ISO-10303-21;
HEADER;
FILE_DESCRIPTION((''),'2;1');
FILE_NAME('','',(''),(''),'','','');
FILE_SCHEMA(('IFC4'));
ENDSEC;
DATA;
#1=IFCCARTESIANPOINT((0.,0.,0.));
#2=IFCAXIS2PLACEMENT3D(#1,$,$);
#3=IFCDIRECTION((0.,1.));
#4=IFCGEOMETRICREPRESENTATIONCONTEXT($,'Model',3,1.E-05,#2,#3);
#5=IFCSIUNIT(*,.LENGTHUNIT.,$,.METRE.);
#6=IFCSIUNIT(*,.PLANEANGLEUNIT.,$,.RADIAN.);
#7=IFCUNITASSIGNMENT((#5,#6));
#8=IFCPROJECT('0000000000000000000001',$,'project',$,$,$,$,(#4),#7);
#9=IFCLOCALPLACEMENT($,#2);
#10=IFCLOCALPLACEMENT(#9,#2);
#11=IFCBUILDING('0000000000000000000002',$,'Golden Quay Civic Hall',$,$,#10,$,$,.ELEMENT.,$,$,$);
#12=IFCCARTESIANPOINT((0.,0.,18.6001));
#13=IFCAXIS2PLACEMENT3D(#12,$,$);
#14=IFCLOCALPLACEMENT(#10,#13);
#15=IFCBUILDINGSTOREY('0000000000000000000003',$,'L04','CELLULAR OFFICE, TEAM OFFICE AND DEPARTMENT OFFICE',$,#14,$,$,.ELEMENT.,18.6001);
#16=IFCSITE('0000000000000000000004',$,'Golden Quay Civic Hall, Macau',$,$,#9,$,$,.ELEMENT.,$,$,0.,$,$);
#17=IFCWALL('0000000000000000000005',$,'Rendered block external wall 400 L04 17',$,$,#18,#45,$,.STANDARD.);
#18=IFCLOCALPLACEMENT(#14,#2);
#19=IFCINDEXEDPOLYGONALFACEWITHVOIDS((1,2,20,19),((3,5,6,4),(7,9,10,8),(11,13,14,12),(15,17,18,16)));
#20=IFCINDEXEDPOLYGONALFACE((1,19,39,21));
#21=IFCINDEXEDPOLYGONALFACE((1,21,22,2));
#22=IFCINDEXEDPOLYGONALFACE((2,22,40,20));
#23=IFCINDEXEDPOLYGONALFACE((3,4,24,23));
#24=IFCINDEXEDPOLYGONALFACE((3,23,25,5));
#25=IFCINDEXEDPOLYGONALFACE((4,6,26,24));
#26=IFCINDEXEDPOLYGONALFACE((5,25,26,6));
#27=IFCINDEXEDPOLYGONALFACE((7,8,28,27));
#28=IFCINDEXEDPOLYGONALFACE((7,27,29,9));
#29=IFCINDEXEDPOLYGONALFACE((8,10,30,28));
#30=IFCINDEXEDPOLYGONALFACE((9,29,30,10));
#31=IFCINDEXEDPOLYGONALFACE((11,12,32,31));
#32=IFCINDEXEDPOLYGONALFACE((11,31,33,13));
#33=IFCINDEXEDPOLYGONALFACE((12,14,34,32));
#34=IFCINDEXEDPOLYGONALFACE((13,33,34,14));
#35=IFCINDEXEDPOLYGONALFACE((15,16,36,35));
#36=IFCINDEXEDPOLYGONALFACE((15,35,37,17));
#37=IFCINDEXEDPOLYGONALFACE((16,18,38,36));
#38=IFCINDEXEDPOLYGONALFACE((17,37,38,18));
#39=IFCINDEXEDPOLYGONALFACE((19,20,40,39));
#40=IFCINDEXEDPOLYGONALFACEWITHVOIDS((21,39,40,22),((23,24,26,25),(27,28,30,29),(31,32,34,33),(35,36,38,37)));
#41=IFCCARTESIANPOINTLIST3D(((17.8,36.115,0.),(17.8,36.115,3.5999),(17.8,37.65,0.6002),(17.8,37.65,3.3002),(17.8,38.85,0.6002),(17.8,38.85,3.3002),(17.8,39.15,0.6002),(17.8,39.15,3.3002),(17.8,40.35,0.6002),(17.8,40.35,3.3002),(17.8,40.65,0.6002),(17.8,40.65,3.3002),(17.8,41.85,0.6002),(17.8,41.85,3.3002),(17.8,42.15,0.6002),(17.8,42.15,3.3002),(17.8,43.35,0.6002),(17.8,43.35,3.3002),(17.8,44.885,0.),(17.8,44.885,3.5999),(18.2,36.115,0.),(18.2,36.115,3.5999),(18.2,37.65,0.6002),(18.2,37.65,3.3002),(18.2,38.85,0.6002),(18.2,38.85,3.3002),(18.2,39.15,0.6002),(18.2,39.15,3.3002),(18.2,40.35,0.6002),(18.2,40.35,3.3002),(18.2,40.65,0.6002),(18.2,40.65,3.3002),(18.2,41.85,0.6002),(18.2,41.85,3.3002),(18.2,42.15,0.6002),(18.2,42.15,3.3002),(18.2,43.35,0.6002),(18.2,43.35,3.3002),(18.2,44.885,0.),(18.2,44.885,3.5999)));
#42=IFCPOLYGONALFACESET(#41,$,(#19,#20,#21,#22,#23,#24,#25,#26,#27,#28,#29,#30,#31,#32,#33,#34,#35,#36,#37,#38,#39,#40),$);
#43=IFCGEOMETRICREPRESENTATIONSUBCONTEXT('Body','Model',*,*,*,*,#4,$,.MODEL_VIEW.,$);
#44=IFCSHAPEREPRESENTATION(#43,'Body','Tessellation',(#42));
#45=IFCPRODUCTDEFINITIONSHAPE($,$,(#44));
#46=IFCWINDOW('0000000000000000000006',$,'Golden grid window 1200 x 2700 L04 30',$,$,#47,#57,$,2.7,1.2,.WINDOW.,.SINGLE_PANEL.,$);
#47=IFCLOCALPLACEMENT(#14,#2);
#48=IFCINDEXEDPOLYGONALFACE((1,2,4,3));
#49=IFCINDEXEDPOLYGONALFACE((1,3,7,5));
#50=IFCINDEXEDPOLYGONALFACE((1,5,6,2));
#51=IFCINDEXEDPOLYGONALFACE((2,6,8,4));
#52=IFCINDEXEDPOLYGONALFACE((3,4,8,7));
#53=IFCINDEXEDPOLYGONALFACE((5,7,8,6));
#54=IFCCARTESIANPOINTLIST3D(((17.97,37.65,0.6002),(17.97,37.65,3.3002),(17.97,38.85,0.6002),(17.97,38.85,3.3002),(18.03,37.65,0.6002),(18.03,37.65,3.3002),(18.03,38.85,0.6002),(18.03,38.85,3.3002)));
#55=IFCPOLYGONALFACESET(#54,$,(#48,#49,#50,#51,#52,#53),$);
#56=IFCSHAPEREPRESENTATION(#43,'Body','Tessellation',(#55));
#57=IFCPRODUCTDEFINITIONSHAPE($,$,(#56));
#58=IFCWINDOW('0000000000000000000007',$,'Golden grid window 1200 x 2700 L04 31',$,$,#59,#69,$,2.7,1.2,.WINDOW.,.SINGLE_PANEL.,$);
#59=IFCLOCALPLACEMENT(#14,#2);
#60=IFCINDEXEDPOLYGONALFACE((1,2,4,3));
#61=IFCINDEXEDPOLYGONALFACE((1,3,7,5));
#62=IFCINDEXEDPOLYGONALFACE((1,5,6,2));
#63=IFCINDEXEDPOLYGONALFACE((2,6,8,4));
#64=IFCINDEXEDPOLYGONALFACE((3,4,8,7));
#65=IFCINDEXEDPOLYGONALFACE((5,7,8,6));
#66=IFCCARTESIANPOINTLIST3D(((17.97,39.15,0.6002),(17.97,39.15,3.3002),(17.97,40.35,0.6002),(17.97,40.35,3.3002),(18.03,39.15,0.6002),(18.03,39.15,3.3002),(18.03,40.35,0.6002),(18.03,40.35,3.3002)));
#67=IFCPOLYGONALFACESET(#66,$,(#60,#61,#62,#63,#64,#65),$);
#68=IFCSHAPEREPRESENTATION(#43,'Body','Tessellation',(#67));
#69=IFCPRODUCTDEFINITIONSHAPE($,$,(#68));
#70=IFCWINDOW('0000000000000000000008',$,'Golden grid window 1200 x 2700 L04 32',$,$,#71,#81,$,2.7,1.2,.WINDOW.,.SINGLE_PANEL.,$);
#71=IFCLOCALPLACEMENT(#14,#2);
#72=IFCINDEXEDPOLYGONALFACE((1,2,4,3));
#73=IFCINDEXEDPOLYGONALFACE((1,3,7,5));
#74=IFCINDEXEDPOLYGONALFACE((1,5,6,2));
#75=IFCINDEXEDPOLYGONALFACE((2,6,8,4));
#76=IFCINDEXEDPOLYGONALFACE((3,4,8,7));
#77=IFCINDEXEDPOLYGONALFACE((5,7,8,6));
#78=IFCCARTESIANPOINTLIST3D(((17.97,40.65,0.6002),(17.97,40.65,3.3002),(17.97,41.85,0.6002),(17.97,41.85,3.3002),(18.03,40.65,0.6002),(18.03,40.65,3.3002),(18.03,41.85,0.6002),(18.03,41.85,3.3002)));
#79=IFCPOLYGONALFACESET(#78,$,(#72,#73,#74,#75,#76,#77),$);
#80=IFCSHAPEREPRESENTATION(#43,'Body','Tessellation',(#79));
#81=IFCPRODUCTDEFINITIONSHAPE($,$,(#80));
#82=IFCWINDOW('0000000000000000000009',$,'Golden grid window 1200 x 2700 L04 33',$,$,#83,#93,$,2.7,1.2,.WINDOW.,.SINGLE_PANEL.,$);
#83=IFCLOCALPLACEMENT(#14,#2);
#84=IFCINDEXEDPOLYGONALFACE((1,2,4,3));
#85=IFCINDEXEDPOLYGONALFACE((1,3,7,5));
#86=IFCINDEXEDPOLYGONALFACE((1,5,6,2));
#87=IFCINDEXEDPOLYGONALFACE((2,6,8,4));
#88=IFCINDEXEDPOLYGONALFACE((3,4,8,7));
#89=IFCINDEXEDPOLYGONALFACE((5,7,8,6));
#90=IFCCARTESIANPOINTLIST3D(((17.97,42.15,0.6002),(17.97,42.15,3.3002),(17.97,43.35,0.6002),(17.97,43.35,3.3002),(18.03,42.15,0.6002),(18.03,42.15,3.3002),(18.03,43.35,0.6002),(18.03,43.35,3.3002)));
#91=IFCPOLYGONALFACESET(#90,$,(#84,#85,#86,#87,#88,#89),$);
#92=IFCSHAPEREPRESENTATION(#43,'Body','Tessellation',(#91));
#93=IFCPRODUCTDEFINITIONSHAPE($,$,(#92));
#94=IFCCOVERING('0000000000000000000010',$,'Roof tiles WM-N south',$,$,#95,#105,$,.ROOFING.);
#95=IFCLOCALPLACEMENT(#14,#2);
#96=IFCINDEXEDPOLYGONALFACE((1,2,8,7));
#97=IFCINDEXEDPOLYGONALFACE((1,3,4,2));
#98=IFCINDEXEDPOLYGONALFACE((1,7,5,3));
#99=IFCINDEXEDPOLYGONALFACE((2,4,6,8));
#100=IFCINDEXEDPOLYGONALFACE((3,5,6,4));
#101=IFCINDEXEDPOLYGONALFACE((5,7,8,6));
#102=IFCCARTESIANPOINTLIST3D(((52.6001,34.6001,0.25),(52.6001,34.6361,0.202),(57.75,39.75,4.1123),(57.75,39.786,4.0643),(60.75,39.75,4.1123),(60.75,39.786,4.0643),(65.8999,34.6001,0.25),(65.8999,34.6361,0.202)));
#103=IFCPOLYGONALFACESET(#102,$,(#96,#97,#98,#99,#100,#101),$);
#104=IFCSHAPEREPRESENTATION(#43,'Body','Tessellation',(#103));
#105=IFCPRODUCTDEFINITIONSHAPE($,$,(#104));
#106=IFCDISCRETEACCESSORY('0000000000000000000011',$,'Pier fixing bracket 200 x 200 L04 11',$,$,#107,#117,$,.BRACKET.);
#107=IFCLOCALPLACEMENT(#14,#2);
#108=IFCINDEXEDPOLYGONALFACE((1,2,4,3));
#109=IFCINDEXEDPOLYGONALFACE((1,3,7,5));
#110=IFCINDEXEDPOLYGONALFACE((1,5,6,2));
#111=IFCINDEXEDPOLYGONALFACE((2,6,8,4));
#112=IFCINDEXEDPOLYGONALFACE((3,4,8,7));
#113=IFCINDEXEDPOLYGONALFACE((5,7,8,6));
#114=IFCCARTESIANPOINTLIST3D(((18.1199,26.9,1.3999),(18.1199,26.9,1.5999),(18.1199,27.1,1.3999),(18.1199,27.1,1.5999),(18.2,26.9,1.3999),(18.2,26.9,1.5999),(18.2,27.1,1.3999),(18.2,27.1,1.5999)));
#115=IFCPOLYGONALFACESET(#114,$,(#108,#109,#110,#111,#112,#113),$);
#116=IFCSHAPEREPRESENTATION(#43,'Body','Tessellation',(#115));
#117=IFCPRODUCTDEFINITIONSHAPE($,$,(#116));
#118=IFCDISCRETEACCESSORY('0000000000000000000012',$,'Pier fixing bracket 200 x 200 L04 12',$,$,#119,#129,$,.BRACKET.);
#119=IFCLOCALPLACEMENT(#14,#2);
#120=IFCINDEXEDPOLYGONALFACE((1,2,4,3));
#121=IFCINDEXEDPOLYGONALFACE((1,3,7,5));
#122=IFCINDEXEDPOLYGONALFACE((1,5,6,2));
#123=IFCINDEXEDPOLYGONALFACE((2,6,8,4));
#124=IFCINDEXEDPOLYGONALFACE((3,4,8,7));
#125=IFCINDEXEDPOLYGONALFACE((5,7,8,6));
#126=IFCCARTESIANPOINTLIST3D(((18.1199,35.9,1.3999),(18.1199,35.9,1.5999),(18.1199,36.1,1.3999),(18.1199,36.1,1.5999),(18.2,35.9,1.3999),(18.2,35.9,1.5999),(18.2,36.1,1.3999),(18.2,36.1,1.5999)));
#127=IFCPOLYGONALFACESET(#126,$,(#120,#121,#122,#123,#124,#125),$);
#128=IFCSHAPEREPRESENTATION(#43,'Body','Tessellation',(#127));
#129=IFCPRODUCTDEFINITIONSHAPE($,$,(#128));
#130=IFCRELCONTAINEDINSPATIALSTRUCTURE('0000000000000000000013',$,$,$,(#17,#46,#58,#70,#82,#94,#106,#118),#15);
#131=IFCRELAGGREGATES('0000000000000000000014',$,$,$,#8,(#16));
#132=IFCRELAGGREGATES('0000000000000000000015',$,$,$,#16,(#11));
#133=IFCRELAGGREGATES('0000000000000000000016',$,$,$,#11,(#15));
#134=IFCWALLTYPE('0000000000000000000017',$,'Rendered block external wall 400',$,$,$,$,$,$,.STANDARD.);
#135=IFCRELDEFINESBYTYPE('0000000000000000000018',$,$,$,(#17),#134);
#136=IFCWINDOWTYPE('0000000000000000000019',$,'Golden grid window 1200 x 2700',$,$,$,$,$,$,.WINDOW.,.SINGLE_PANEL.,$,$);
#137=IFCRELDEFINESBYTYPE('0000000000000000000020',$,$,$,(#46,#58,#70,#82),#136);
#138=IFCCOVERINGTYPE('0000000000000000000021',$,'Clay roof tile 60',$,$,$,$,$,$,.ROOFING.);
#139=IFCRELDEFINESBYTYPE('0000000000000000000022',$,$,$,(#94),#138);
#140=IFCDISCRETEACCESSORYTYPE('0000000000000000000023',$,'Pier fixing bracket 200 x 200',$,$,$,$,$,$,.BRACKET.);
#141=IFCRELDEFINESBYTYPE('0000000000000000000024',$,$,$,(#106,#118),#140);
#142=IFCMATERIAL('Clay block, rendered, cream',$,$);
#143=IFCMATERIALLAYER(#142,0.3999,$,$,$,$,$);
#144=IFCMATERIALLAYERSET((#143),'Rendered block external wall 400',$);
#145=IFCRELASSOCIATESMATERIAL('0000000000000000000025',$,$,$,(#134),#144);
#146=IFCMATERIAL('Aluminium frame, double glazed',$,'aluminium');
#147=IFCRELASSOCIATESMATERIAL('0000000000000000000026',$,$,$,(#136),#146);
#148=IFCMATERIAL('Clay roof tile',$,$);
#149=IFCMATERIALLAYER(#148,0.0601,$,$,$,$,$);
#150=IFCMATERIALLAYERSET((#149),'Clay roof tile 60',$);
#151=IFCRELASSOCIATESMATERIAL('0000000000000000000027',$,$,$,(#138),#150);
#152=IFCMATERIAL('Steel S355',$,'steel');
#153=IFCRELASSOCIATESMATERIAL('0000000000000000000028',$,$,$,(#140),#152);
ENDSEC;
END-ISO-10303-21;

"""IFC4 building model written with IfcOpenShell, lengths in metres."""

from ifc_helpers import new_model, si_unit, direction, frame, frame_2d, origin, origin_2d, place, context, subcontext, project, spatial, polyline, rectangle, outline, extrude, material, layer, layer_set, type_object, element, fill, save


model = new_model("IFC4")

# Units and contexts
model_context = context("Model", 3, precision=1e-05, world=origin(), true_north=direction((0.0, 1.0)))
body_context = subcontext(model_context, "Body", "Model", "MODEL_VIEW")
ifc_project = project(units=[si_unit("LENGTHUNIT", "METRE"), si_unit("PLANEANGLEUNIT", "RADIAN")], contexts=[model_context])

# Site, building, storey
site_placement = place(None, origin())
site = spatial("IfcSite", under=ifc_project, at=site_placement, Name="Golden Quay Civic Hall, Macau", CompositionType="ELEMENT", RefElevation=0.0)
building_placement = place(site_placement, origin())
building = spatial("IfcBuilding", under=site, at=building_placement, Name="Golden Quay Civic Hall", CompositionType="ELEMENT")
storey_placement = place(building_placement, frame((0.0, 0.0, 18.6001)))
storey = spatial("IfcBuildingStorey", under=building, at=storey_placement, Name="L04", Description="CELLULAR OFFICE, TEAM OFFICE AND DEPARTMENT OFFICE", CompositionType="ELEMENT", Elevation=18.6001)

# Shared definitions
ifc_material_1 = material(Name="Clay block, rendered, cream")
ifc_layer_1 = layer(ifc_material_1, 0.3999)
ifc_layer_set_1 = layer_set([ifc_layer_1], Name="Rendered block external wall 400")
wall_type = type_object("IfcWallType", Name="Rendered block external wall 400", PredefinedType="STANDARD", material=ifc_layer_set_1)

# Wall, openings, windows
ifc_material_2 = material(Name="Aluminium frame, double glazed", Category="aluminium")
window_type = type_object("IfcWindowType", Name="Golden grid window 1200 x 2700", PartitioningType="SINGLE_PANEL", PredefinedType="WINDOW", material=ifc_material_2)
wall_1_placement = place(storey_placement, frame((18.0, 44.885, 0.0), z_axis=(0.0, 0.0, 1.0), x_axis=(0.0, -1.0, 0.0)))
wall_1 = element("IfcWall", 1, at=wall_1_placement, inside=storey, type_object=wall_type, Name="Rendered block external wall 400 L04 17", PredefinedType="STANDARD", context=body_context, shape_type="SweptSolid", body=[
    extrude(rectangle(XDim=8.77, YDim=0.3999, at=frame_2d((4.385, 0.0))), origin(), (0.0, 0.0, 1.0), 3.5999),
])
opening_1_placement = place(wall_1_placement, frame((6.0349, 0.0, 0.6001)))
opening_1 = element("IfcOpeningElement", 2, at=opening_1_placement, cuts=wall_1, PredefinedType="OPENING", context=body_context, shape_type="SweptSolid", body=[
    extrude(rectangle(XDim=1.2, YDim=2.7, at=frame_2d((0.6001, 1.3501))), frame((0.0, 0.21, 0.0), z_axis=(0.0, -1.0, 0.0), x_axis=(1.0, 0.0, 0.0)), (0.0, 0.0, 1.0), 0.4199),
])
opening_2_placement = place(wall_1_placement, frame((4.5349, 0.0, 0.6001)))
opening_2 = element("IfcOpeningElement", 3, at=opening_2_placement, cuts=wall_1, PredefinedType="OPENING", context=body_context, shape_type="SweptSolid", body=[
    extrude(rectangle(XDim=1.2, YDim=2.7, at=frame_2d((0.6001, 1.3501))), frame((0.0, 0.21, 0.0), z_axis=(0.0, -1.0, 0.0), x_axis=(1.0, 0.0, 0.0)), (0.0, 0.0, 1.0), 0.4199),
])
opening_3_placement = place(wall_1_placement, frame((3.0349, 0.0, 0.6001)))
opening_3 = element("IfcOpeningElement", 4, at=opening_3_placement, cuts=wall_1, PredefinedType="OPENING", context=body_context, shape_type="SweptSolid", body=[
    extrude(rectangle(XDim=1.2, YDim=2.7, at=frame_2d((0.6001, 1.3501))), frame((0.0, 0.21, 0.0), z_axis=(0.0, -1.0, 0.0), x_axis=(1.0, 0.0, 0.0)), (0.0, 0.0, 1.0), 0.4199),
])
opening_4_placement = place(wall_1_placement, frame((1.5349, 0.0, 0.6001)))
opening_4 = element("IfcOpeningElement", 5, at=opening_4_placement, cuts=wall_1, PredefinedType="OPENING", context=body_context, shape_type="SweptSolid", body=[
    extrude(rectangle(XDim=1.2, YDim=2.7, at=frame_2d((0.6001, 1.3501))), frame((0.0, 0.21, 0.0), z_axis=(0.0, -1.0, 0.0), x_axis=(1.0, 0.0, 0.0)), (0.0, 0.0, 1.0), 0.4199),
])
window_1_placement = place(opening_1_placement, origin())
window_1 = element("IfcWindow", 6, at=window_1_placement, inside=storey, type_object=window_type, Name="Golden grid window 1200 x 2700 L04 30", OverallHeight=2.7, OverallWidth=1.2, PartitioningType="SINGLE_PANEL", PredefinedType="WINDOW", context=body_context, shape_type="SweptSolid", body=[
    extrude(rectangle(XDim=1.2, YDim=2.7, at=frame_2d((0.6001, 1.3501))), frame((0.0, 0.03, 0.0), z_axis=(0.0, -1.0, 0.0), x_axis=(1.0, 0.0, 0.0)), (0.0, 0.0, 1.0), 0.0601),
])
fill(opening_1, window_1)
window_2_placement = place(opening_2_placement, origin())
window_2 = element("IfcWindow", 7, at=window_2_placement, inside=storey, type_object=window_type, Name="Golden grid window 1200 x 2700 L04 31", OverallHeight=2.7, OverallWidth=1.2, PartitioningType="SINGLE_PANEL", PredefinedType="WINDOW", context=body_context, shape_type="SweptSolid", body=[
    extrude(rectangle(XDim=1.2, YDim=2.7, at=frame_2d((0.6001, 1.3501))), frame((0.0, 0.03, 0.0), z_axis=(0.0, -1.0, 0.0), x_axis=(1.0, 0.0, 0.0)), (0.0, 0.0, 1.0), 0.0601),
])
fill(opening_2, window_2)
window_3_placement = place(opening_3_placement, origin())
window_3 = element("IfcWindow", 8, at=window_3_placement, inside=storey, type_object=window_type, Name="Golden grid window 1200 x 2700 L04 32", OverallHeight=2.7, OverallWidth=1.2, PartitioningType="SINGLE_PANEL", PredefinedType="WINDOW", context=body_context, shape_type="SweptSolid", body=[
    extrude(rectangle(XDim=1.2, YDim=2.7, at=frame_2d((0.6001, 1.3501))), frame((0.0, 0.03, 0.0), z_axis=(0.0, -1.0, 0.0), x_axis=(1.0, 0.0, 0.0)), (0.0, 0.0, 1.0), 0.0601),
])
fill(opening_3, window_3)
window_4_placement = place(opening_4_placement, origin())
window_4 = element("IfcWindow", 9, at=window_4_placement, inside=storey, type_object=window_type, Name="Golden grid window 1200 x 2700 L04 33", OverallHeight=2.7, OverallWidth=1.2, PartitioningType="SINGLE_PANEL", PredefinedType="WINDOW", context=body_context, shape_type="SweptSolid", body=[
    extrude(rectangle(XDim=1.2, YDim=2.7, at=frame_2d((0.6001, 1.3501))), frame((0.0, 0.03, 0.0), z_axis=(0.0, -1.0, 0.0), x_axis=(1.0, 0.0, 0.0)), (0.0, 0.0, 1.0), 0.0601),
])
fill(opening_4, window_4)

# Covering
ifc_material_3 = material(Name="Clay roof tile")
ifc_layer_2 = layer(ifc_material_3, 0.0601)
ifc_layer_set_2 = layer_set([ifc_layer_2], Name="Clay roof tile 60")
covering_type_1 = type_object("IfcCoveringType", Name="Clay roof tile 60", PredefinedType="ROOFING", material=ifc_layer_set_2)
covering_1_placement = place(storey_placement, frame((52.6001, 34.6001, 0.25), z_axis=(0.0, -0.599988, 0.800009), x_axis=(1.0, 0.0, 0.0)))
element("IfcCovering", 10, at=covering_1_placement, inside=storey, type_object=covering_type_1, Name="Roof tiles WM-N south", PredefinedType="ROOFING", context=body_context, shape_type="SweptSolid", body=[
    extrude(outline(polyline([(0.0, 0.0), (13.2998, 0.0), (8.1499, 6.4373), (5.1499, 6.4373), (0.0, 0.0)])), origin(), (0.0, 0.0, -1.0), 0.0601),
])

# Discrete accessories
ifc_material_4 = material(Name="Steel S355", Category="steel")
discrete_accessory_type = type_object("IfcDiscreteAccessoryType", Name="Pier fixing bracket 200 x 200", PredefinedType="BRACKET", material=ifc_material_4)
for number, where, z_axis, x_axis, name in (
    (11, (18.1599, 27.0, 1.3999), (0.0, 0.0, 1.0), (0.0, 1.0, 0.0), "Pier fixing bracket 200 x 200 L04 11"),
    (12, (18.1599, 36.0, 1.3999), (0.0, 0.0, 1.0), (0.0, 1.0, 0.0), "Pier fixing bracket 200 x 200 L04 12"),
):
    element("IfcDiscreteAccessory", number, at=place(storey_placement, frame(where, z_axis=z_axis, x_axis=x_axis)), inside=storey, type_object=discrete_accessory_type, Name=name, PredefinedType="BRACKET", context=body_context, shape_type="SweptSolid", body=[
        extrude(rectangle(XDim=0.2, YDim=0.0801, at=origin_2d()), origin(), (0.0, 0.0, 1.0), 0.2),
    ])

save(model, "model.ifc")
